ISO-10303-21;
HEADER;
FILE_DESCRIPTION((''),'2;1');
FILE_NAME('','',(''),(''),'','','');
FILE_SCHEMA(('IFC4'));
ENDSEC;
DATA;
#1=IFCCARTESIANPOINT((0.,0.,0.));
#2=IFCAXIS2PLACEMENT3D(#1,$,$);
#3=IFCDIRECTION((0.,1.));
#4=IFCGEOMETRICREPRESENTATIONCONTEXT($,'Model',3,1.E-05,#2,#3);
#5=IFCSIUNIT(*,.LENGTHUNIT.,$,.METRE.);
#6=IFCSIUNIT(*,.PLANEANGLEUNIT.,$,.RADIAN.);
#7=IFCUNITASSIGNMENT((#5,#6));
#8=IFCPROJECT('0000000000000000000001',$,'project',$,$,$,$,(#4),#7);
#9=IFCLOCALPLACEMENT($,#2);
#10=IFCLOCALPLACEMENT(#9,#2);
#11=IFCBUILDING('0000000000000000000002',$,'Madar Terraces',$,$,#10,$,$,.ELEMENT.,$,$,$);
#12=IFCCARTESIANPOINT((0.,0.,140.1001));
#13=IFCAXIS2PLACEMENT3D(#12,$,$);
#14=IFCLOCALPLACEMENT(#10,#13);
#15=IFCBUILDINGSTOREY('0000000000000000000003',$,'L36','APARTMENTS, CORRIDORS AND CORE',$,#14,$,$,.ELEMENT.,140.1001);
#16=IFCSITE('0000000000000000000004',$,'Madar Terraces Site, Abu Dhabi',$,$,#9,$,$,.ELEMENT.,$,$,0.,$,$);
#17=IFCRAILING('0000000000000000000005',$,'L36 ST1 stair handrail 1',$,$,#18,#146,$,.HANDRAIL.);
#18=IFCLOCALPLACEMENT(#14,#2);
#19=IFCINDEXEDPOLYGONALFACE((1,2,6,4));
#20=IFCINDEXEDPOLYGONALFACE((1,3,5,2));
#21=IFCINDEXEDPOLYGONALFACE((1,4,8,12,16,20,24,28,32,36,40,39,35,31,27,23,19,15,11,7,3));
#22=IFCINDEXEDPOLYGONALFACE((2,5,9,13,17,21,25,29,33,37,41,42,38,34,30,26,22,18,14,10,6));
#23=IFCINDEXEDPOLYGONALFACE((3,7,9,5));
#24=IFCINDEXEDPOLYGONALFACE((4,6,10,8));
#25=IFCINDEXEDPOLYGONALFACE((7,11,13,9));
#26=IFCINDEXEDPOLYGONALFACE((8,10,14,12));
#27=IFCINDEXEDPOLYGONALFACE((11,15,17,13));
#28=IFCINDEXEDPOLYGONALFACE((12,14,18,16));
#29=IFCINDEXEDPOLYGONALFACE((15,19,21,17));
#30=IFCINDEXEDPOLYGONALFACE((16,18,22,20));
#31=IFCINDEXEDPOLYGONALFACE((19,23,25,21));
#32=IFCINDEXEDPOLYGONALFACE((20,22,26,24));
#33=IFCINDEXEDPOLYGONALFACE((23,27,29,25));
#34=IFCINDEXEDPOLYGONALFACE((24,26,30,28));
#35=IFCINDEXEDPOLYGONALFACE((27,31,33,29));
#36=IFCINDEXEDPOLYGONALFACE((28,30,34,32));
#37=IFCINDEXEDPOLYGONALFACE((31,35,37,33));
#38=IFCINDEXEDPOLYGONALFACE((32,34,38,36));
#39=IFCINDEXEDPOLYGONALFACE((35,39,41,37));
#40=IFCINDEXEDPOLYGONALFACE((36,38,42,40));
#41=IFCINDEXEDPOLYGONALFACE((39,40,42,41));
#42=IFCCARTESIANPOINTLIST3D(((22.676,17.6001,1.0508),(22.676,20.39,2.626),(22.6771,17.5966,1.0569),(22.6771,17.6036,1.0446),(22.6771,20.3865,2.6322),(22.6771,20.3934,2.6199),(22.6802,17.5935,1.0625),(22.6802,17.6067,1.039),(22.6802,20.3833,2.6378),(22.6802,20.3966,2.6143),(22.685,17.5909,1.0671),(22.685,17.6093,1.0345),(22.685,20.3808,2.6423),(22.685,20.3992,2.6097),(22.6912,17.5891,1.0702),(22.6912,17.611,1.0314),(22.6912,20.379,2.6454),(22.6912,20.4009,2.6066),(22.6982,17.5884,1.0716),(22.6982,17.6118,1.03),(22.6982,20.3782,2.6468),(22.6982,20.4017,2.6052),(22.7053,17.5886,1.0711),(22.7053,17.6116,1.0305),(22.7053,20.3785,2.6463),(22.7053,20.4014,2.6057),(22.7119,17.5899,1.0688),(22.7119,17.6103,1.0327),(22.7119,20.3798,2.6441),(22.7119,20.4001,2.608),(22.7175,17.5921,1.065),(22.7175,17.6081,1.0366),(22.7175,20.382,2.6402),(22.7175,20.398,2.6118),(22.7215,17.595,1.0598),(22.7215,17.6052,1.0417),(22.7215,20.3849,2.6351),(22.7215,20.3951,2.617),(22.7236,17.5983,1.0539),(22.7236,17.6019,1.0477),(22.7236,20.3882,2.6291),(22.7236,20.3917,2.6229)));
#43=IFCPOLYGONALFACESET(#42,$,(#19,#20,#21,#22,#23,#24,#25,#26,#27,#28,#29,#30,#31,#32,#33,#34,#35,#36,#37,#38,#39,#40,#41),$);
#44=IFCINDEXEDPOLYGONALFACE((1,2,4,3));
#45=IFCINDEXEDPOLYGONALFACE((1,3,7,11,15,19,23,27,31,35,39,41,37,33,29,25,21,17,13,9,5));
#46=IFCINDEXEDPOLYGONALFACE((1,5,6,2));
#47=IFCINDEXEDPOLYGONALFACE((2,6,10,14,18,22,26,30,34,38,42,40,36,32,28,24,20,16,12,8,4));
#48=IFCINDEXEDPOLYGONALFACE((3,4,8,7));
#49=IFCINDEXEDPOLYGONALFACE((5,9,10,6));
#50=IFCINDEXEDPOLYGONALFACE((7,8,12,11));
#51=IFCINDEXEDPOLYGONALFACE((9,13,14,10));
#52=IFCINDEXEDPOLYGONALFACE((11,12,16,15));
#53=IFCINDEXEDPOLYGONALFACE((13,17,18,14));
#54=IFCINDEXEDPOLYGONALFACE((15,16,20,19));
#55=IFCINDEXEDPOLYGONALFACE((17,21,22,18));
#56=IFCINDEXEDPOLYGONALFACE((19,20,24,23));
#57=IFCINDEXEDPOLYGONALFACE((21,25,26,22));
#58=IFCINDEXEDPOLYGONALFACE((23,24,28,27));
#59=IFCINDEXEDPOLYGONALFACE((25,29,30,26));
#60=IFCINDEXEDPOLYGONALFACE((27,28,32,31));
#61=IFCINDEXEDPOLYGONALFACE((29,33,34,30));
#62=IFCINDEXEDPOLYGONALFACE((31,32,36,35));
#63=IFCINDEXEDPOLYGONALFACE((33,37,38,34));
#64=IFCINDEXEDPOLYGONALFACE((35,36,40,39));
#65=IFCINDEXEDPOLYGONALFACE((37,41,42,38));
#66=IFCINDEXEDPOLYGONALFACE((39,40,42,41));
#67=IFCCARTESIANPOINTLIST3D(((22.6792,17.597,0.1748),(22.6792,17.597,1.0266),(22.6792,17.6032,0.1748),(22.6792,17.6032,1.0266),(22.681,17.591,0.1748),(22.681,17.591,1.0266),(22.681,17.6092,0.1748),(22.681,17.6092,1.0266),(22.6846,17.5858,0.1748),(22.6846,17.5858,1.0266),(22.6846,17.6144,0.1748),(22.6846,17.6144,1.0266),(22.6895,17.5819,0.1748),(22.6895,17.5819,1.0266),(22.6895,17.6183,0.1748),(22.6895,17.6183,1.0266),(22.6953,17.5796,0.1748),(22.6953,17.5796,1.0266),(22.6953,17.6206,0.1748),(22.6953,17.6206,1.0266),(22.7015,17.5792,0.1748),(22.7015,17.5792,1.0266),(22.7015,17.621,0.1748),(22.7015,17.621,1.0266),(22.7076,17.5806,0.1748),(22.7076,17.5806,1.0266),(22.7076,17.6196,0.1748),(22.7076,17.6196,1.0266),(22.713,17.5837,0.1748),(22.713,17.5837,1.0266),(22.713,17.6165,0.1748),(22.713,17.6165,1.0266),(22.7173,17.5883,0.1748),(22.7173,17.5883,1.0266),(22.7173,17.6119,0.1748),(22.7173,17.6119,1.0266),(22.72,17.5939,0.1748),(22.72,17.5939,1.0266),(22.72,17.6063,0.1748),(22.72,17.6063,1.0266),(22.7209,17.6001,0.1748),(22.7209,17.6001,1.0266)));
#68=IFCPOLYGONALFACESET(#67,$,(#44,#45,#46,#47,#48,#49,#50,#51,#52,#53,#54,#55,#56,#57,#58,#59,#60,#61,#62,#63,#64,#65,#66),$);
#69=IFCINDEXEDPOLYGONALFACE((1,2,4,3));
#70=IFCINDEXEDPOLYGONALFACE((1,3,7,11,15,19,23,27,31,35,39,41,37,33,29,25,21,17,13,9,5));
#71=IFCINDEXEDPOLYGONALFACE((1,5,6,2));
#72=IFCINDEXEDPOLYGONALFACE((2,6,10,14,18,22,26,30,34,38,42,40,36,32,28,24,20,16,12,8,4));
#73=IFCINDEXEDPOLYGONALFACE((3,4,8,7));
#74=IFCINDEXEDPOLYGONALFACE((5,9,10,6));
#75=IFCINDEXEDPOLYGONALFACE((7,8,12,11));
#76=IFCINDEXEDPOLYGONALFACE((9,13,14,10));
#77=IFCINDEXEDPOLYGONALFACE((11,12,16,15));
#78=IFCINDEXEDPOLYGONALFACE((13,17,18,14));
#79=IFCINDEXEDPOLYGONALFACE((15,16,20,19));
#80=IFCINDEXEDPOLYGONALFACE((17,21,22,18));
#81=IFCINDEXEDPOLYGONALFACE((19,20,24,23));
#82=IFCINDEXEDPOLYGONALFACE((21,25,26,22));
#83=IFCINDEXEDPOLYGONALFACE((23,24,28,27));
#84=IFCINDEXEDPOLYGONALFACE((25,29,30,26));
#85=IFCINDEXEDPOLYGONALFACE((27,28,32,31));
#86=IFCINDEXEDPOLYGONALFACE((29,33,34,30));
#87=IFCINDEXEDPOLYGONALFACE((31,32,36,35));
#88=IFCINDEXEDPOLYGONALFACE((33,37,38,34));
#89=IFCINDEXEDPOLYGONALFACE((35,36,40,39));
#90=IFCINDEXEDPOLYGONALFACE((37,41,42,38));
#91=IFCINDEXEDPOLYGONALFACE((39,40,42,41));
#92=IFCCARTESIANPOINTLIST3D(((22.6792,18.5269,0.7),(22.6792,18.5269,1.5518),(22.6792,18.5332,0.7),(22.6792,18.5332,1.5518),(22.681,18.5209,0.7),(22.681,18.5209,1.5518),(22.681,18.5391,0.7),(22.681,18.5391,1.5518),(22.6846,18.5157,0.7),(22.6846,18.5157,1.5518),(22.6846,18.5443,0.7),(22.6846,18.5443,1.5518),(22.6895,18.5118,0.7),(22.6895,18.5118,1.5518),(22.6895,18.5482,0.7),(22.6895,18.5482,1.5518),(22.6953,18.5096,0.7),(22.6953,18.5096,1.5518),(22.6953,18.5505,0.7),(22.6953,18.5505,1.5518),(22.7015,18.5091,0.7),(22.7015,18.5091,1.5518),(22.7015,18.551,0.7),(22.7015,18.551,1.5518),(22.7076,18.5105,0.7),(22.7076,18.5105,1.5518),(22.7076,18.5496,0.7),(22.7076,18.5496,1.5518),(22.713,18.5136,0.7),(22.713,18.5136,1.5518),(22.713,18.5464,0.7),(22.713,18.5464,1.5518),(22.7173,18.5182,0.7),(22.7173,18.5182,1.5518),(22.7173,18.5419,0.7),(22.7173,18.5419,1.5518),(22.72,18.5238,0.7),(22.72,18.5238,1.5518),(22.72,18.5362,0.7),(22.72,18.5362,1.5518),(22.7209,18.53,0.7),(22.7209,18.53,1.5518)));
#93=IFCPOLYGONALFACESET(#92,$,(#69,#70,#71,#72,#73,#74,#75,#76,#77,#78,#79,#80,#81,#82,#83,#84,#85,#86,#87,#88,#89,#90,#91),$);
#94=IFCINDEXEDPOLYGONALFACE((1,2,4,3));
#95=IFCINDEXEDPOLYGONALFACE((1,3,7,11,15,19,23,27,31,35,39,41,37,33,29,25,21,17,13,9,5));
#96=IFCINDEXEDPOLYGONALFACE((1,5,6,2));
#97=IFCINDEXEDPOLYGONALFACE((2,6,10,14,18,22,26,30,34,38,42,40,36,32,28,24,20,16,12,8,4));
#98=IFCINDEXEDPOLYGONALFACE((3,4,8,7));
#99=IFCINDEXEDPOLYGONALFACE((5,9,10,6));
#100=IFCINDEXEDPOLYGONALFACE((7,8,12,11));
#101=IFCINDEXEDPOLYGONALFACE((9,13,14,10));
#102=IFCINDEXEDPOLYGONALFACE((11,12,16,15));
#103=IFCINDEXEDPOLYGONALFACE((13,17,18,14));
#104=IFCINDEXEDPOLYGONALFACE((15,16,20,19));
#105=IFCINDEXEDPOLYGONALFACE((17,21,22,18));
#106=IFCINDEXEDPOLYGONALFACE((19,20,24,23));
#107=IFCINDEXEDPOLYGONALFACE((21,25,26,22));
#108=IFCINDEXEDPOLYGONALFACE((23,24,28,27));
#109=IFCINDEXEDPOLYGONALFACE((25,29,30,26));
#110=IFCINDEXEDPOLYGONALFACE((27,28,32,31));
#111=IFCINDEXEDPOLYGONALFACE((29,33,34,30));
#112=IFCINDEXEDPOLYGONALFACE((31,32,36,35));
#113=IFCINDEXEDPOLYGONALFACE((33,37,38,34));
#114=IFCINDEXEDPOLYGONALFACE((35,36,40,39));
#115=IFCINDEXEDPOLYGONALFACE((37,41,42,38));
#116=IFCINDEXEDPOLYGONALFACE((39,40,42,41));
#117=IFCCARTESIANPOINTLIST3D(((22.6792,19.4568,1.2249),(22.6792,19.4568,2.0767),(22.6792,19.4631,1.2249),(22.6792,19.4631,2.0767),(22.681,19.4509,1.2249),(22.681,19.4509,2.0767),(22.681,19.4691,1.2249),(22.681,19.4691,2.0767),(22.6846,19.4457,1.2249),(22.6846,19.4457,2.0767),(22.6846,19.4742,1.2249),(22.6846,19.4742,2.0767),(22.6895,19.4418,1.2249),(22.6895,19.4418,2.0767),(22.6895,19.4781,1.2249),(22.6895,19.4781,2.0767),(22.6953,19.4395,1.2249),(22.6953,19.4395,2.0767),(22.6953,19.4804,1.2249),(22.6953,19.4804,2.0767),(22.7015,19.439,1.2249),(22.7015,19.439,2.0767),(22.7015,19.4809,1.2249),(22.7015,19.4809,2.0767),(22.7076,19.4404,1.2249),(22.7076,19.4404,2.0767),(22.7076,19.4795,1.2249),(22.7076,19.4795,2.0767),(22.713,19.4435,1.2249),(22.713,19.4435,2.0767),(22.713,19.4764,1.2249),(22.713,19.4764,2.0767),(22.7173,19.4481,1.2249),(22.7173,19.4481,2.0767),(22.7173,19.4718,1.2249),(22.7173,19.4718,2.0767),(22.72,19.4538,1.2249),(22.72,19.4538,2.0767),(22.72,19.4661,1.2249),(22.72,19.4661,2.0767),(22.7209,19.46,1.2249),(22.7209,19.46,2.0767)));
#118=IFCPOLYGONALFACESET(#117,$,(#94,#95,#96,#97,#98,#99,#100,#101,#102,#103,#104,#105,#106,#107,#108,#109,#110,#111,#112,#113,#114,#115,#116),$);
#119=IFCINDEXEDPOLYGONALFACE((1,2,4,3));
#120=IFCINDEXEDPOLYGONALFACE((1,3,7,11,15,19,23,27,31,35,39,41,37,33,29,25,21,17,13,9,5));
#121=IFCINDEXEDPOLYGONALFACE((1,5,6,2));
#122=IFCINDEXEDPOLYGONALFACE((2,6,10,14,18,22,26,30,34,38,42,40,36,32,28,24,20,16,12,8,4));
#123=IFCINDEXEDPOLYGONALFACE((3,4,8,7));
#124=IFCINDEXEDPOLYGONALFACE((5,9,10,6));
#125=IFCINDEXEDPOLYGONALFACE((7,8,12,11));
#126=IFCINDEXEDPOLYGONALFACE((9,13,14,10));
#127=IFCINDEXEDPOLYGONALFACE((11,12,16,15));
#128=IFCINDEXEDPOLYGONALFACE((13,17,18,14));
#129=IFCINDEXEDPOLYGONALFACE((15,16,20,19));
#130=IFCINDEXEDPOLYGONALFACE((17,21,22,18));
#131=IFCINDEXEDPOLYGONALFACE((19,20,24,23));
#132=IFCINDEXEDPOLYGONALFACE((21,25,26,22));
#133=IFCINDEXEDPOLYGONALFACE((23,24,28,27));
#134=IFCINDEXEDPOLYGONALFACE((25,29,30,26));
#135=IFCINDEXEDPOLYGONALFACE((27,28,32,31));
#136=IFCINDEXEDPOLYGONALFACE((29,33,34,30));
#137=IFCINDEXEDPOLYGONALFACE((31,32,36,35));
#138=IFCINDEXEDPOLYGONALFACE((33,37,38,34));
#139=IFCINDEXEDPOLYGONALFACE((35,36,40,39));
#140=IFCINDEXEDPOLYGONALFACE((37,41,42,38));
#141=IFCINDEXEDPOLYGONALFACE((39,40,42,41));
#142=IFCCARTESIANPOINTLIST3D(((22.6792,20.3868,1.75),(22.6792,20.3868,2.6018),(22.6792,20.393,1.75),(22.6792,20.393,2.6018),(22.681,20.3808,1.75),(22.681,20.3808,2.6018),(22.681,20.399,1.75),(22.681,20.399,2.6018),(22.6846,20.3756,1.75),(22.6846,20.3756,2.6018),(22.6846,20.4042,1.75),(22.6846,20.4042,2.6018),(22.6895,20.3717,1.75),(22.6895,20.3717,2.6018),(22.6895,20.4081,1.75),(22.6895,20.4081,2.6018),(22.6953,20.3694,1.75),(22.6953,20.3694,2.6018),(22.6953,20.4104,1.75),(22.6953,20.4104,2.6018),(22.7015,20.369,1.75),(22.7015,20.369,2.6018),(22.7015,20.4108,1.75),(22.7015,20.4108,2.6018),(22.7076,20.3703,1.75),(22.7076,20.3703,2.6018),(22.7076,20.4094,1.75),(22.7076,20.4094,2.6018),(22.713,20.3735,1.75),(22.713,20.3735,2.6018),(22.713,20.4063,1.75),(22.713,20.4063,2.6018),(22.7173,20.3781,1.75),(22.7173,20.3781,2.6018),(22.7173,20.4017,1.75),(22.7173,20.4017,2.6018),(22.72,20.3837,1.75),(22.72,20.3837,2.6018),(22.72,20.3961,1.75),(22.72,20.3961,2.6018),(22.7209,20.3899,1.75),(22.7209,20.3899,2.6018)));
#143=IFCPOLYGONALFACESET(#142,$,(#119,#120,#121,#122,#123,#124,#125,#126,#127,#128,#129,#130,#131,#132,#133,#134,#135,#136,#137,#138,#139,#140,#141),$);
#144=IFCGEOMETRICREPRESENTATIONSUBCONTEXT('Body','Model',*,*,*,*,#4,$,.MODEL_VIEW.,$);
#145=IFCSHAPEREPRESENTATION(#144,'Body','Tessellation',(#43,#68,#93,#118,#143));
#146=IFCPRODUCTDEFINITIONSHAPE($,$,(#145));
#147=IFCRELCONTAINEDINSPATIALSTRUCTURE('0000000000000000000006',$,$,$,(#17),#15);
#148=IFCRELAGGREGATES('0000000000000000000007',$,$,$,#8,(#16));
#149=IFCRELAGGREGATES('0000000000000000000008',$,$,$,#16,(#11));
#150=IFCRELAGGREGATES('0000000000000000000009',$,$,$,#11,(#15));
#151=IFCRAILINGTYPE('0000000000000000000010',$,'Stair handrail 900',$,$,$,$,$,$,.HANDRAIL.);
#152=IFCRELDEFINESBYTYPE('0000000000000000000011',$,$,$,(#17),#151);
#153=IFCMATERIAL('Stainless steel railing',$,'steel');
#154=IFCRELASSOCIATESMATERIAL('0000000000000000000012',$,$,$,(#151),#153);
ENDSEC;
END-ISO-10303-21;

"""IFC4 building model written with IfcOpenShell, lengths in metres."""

from ifc_helpers import new_model, si_unit, direction, frame, origin, origin_2d, place, context, subcontext, project, spatial, circle, extrude, material, type_object, element, save


model = new_model("IFC4")

# Units and contexts
model_context = context("Model", 3, precision=1e-05, world=origin(), true_north=direction((0.0, 1.0)))
body_context = subcontext(model_context, "Body", "Model", "MODEL_VIEW")
ifc_project = project(units=[si_unit("LENGTHUNIT", "METRE"), si_unit("PLANEANGLEUNIT", "RADIAN")], contexts=[model_context])

# Site, building, storey
site_placement = place(None, origin())
site = spatial("IfcSite", under=ifc_project, at=site_placement, Name="Madar Terraces Site, Abu Dhabi", CompositionType="ELEMENT", RefElevation=0.0)
building_placement = place(site_placement, origin())
building = spatial("IfcBuilding", under=site, at=building_placement, Name="Madar Terraces", CompositionType="ELEMENT")
storey_placement = place(building_placement, frame((0.0, 0.0, 140.1001)))
storey = spatial("IfcBuildingStorey", under=building, at=storey_placement, Name="L36", Description="APARTMENTS, CORRIDORS AND CORE", CompositionType="ELEMENT", Elevation=140.1001)

# Railing
ifc_material_1 = material(Name="Stainless steel railing", Category="steel")
railing_type_1 = type_object("IfcRailingType", Name="Stair handrail 900", PredefinedType="HANDRAIL", material=ifc_material_1)
railing_1_placement = place(storey_placement, frame((22.7, 17.6001, 0.1748)))
element("IfcRailing", 1, at=railing_1_placement, inside=storey, type_object=railing_type_1, Name="L36 ST1 stair handrail 1", PredefinedType="HANDRAIL", context=body_context, shape_type="SweptSolid", body=[
    extrude(circle(Radius=0.0239, at=origin_2d()), frame((0.0, 0.0, 0.876), z_axis=(0.0, 0.870783, 0.491668), x_axis=(-1.0, 0.0, 0.0)), (0.0, 0.0, 1.0), 3.2039),
    extrude(circle(Radius=0.021, at=origin_2d()), origin(), (0.0, 0.0, 1.0), 0.8518),
    extrude(circle(Radius=0.021, at=origin_2d()), frame((0.0, 0.9299, 0.5251)), (0.0, 0.0, 1.0), 0.8518),
    extrude(circle(Radius=0.021, at=origin_2d()), frame((0.0, 1.8599, 1.05)), (0.0, 0.0, 1.0), 0.8518),
    extrude(circle(Radius=0.021, at=origin_2d()), frame((0.0, 2.7898, 1.5752)), (0.0, 0.0, 1.0), 0.8518),
])

save(model, "model.ifc")
